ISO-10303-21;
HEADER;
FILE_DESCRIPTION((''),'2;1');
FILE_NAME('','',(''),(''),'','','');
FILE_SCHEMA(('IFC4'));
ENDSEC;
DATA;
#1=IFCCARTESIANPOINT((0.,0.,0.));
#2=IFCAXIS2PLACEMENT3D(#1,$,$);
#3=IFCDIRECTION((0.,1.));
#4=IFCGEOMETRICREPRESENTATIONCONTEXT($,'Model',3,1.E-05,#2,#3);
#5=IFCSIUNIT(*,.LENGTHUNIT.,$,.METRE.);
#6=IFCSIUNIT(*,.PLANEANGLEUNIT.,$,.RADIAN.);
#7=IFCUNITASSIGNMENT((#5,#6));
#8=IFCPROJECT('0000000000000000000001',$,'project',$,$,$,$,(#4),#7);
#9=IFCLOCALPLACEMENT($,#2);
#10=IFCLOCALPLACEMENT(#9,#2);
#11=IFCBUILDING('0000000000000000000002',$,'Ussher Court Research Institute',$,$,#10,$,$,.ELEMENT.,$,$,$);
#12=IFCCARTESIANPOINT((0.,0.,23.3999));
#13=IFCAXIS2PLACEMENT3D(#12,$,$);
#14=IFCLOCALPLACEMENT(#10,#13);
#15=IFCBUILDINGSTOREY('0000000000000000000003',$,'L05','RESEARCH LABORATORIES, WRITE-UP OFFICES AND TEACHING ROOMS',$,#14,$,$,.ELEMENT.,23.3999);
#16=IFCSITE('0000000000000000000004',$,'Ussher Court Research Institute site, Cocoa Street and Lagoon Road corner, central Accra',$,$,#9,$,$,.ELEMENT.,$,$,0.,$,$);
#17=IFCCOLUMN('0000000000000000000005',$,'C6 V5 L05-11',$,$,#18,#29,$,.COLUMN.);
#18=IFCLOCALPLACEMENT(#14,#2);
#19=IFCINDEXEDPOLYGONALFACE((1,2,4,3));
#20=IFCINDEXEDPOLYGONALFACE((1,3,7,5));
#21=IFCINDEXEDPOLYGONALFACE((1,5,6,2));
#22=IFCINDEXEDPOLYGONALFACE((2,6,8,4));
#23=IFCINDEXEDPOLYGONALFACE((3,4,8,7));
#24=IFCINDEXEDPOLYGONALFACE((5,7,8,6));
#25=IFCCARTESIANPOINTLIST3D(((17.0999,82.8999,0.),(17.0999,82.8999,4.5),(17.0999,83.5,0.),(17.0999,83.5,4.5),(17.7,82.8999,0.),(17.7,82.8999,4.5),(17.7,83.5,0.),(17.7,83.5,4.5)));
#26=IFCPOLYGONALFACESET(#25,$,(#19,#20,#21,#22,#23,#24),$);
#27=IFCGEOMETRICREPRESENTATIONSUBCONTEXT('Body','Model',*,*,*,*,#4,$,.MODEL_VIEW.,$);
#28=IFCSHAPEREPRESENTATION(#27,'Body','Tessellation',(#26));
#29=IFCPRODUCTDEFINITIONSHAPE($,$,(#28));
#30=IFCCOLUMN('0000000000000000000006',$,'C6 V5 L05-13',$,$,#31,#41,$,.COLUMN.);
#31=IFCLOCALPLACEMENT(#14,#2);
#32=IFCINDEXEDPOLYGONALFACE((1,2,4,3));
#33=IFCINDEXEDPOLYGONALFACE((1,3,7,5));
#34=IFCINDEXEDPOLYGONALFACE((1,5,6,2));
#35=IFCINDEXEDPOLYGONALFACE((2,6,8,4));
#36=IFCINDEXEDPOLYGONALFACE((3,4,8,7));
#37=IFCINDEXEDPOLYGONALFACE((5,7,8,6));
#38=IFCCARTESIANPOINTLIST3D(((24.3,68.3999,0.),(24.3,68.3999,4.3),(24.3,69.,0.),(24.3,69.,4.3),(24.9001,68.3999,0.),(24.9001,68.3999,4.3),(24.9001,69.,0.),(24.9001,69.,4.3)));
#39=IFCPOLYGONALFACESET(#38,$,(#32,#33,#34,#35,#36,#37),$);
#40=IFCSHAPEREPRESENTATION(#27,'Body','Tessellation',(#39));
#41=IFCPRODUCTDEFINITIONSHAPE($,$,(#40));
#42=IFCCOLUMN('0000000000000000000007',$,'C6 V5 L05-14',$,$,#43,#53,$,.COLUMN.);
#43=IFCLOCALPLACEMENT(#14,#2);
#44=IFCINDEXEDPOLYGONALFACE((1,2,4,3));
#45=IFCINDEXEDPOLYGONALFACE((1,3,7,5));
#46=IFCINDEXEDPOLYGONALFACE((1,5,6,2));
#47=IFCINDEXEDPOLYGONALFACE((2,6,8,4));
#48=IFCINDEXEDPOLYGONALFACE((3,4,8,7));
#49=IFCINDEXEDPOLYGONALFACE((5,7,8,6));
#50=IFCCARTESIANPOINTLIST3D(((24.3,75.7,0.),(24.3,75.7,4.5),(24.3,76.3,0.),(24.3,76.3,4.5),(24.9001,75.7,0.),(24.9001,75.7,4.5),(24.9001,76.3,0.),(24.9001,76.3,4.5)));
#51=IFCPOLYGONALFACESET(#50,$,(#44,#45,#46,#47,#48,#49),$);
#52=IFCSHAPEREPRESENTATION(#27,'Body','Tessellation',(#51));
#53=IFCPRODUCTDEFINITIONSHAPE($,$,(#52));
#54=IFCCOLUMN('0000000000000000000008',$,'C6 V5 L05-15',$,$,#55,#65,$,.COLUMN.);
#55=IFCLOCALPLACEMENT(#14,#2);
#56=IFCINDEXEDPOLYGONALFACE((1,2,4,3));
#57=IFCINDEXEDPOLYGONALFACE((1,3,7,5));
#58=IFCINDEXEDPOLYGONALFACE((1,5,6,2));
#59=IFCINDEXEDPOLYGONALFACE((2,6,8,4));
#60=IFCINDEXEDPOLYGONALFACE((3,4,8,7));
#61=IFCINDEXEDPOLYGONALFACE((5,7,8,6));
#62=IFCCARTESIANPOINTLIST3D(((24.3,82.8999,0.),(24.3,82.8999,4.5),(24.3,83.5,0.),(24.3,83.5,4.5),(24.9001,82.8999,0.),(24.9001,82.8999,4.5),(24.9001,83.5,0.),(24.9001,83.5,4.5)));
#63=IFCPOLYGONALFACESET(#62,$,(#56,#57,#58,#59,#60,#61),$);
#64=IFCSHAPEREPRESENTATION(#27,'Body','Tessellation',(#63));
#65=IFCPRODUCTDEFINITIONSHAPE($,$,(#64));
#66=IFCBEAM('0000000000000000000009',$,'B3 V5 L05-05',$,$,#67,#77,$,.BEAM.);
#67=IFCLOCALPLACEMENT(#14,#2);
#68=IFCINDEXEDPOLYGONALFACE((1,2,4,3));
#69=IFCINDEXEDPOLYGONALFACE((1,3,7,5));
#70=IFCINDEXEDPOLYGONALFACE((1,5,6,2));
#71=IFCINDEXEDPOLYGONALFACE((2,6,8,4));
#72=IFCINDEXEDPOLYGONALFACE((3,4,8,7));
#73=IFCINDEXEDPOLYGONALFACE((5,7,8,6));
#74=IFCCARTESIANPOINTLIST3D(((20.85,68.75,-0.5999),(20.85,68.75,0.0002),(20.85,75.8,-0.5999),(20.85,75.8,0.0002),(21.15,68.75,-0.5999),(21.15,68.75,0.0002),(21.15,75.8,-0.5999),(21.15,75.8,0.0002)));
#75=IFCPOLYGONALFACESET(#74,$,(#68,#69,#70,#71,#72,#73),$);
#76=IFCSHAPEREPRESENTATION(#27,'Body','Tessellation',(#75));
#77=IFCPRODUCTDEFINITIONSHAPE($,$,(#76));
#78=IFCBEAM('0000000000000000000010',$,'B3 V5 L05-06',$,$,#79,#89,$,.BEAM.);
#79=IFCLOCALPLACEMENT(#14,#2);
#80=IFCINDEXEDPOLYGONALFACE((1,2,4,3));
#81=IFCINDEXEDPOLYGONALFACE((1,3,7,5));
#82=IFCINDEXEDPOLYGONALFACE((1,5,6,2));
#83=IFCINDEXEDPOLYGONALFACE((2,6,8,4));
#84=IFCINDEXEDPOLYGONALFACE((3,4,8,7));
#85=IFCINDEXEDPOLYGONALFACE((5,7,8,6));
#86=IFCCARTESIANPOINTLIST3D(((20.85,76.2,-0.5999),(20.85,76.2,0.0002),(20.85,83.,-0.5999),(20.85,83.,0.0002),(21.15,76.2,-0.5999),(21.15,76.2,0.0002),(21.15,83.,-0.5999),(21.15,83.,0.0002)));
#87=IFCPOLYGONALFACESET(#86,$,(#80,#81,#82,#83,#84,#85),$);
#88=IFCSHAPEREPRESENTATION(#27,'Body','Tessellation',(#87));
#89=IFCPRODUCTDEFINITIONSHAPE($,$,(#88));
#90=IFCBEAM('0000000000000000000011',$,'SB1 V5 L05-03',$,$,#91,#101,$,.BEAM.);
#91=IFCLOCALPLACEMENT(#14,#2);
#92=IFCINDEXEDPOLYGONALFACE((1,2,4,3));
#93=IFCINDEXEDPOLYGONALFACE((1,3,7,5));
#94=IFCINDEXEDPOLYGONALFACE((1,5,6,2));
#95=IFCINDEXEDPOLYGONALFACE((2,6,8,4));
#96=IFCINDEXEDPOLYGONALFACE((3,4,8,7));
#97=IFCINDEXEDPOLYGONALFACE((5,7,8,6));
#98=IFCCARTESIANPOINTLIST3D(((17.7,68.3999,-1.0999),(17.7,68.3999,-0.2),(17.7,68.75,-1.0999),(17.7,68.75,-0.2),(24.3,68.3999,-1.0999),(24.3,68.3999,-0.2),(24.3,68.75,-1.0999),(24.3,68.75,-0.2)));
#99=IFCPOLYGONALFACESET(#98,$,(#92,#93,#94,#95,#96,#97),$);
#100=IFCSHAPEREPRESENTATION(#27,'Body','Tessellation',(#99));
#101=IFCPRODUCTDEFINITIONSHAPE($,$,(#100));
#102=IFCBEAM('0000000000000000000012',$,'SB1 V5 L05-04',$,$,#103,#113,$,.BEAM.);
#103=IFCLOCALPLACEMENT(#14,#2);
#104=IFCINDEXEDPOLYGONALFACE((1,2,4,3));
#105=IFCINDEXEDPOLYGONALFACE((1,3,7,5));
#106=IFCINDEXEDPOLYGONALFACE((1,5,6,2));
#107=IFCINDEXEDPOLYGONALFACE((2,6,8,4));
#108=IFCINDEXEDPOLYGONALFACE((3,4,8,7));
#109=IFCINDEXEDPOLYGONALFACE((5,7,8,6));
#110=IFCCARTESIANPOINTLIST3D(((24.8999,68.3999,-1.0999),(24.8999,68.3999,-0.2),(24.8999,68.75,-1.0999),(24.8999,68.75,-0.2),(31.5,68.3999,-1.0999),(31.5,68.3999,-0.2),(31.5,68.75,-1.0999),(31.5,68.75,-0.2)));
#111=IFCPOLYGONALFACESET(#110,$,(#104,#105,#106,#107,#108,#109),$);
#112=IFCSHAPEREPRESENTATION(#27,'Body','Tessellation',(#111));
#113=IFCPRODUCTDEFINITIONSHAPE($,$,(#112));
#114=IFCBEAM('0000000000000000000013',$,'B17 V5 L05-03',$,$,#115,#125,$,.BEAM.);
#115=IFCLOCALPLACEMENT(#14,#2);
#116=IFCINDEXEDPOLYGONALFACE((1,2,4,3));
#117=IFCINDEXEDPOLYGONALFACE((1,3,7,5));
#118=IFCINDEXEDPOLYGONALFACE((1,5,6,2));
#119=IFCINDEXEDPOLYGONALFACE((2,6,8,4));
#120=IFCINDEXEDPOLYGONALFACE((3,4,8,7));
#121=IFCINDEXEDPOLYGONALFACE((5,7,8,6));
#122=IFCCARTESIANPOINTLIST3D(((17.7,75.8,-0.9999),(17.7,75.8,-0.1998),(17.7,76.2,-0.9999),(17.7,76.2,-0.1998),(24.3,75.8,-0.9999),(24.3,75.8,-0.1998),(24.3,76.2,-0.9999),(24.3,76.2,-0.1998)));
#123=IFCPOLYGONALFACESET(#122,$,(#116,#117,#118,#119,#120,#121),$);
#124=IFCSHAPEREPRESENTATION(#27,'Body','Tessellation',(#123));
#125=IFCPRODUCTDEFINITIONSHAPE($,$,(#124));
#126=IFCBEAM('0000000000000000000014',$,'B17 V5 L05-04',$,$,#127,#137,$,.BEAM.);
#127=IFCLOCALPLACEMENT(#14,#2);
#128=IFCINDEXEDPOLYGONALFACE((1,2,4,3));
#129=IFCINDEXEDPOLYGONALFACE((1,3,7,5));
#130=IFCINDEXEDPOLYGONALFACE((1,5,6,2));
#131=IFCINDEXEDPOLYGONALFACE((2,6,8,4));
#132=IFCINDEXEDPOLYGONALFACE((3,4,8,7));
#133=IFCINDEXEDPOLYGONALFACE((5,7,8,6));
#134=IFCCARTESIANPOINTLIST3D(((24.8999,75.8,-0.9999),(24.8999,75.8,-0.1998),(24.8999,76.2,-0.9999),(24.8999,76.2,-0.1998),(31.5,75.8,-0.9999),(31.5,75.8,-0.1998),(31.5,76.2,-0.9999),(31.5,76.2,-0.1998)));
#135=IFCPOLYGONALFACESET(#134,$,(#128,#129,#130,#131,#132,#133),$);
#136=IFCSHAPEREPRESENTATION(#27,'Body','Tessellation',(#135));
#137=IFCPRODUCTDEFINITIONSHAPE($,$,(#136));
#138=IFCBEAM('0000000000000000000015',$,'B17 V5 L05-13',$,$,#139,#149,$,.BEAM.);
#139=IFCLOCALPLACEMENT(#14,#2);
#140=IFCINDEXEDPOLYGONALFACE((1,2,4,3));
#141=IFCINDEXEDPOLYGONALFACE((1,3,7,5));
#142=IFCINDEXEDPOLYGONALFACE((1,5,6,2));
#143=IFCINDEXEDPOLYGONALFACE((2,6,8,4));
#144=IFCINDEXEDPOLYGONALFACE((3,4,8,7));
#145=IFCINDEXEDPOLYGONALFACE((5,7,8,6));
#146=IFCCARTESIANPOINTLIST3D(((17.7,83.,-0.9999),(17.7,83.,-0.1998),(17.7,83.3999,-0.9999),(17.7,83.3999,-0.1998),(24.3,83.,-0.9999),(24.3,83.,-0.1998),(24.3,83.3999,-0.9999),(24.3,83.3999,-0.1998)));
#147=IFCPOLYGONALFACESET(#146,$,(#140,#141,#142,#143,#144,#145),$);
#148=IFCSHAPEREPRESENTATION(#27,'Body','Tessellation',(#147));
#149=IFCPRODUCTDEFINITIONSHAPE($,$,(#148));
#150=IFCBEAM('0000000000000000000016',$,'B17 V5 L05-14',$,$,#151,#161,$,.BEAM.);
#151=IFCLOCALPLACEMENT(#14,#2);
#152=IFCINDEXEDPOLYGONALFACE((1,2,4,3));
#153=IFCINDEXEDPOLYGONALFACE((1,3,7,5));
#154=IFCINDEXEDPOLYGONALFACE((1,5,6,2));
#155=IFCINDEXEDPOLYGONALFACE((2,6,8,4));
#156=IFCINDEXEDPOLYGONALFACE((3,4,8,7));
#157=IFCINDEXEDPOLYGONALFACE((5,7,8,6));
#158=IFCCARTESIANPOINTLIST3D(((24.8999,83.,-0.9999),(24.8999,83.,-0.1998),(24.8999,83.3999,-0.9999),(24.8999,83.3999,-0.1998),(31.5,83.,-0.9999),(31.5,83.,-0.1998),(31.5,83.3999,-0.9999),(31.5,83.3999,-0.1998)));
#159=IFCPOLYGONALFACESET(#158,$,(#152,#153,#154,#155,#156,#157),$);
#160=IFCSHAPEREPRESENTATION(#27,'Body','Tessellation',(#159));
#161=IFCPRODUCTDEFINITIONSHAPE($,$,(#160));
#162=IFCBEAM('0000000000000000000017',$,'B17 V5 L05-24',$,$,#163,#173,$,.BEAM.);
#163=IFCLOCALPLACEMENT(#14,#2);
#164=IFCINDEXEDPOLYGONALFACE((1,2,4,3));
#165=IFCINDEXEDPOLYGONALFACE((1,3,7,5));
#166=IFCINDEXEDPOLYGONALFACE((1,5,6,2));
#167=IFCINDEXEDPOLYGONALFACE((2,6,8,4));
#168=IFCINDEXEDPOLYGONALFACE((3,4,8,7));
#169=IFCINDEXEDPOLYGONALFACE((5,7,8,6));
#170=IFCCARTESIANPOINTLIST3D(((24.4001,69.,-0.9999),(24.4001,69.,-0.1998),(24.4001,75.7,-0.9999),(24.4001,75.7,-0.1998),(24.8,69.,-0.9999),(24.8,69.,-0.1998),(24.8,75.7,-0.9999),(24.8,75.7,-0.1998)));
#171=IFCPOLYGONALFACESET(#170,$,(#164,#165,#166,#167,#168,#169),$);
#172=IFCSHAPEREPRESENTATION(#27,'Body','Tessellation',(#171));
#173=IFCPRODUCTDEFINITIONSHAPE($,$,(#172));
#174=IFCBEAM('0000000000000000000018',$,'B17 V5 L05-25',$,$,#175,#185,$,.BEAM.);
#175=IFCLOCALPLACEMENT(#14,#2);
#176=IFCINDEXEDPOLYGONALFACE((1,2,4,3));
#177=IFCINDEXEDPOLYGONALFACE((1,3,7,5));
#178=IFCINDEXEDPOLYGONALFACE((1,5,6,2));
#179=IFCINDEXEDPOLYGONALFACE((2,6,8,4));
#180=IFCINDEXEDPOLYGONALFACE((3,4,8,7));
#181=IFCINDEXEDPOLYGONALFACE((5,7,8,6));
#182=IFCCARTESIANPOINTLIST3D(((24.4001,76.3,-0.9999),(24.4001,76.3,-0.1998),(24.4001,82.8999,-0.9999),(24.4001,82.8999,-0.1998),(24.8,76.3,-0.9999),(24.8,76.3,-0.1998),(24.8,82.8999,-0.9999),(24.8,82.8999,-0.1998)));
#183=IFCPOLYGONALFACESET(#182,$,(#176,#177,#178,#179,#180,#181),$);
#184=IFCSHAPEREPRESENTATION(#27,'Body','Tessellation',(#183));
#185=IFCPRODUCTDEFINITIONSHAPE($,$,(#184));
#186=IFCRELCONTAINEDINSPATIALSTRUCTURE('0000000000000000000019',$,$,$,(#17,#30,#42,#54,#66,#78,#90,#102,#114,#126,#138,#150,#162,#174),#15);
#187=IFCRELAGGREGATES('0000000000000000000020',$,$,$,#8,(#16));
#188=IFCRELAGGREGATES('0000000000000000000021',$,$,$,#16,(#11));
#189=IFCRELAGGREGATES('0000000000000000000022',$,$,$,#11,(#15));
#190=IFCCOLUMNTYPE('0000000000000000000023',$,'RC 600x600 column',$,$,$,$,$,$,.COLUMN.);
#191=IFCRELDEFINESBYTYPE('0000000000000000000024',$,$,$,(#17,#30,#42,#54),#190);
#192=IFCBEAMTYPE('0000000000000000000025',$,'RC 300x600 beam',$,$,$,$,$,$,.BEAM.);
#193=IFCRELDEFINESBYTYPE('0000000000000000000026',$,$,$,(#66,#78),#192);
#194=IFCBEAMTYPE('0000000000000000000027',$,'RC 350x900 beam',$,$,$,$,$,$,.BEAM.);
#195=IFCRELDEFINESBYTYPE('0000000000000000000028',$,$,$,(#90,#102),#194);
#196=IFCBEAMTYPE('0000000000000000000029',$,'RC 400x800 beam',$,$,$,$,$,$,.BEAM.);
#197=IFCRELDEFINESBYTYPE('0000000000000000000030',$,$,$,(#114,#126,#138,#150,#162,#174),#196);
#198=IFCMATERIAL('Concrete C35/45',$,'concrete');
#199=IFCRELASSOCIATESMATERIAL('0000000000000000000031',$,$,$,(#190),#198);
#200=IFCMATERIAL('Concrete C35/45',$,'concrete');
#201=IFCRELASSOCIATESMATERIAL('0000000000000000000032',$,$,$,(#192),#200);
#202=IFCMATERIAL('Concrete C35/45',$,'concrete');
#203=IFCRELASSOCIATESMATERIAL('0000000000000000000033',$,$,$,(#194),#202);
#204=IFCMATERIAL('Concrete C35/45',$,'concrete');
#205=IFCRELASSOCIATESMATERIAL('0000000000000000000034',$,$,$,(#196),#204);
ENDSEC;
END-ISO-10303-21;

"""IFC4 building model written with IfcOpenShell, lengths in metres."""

from ifc_helpers import new_model, si_unit, direction, frame, origin, origin_2d, place, context, subcontext, project, spatial, rectangle, extrude, material, material_profile, profile_set, type_object, element, save


model = new_model("IFC4")

# Units and contexts
model_context = context("Model", 3, precision=1e-05, world=origin(), true_north=direction((0.0, 1.0)))
body_context = subcontext(model_context, "Body", "Model", "MODEL_VIEW")
ifc_project = project(units=[si_unit("LENGTHUNIT", "METRE"), si_unit("PLANEANGLEUNIT", "RADIAN")], contexts=[model_context])

# Site, building, storey
site_placement = place(None, origin())
site = spatial("IfcSite", under=ifc_project, at=site_placement, Name="Ussher Court Research Institute site, Cocoa Street and Lagoon Road corner, central Accra", CompositionType="ELEMENT", RefElevation=0.0)
building_placement = place(site_placement, origin())
building = spatial("IfcBuilding", under=site, at=building_placement, Name="Ussher Court Research Institute", CompositionType="ELEMENT")
storey_placement = place(building_placement, frame((0.0, 0.0, 23.3999)))
storey = spatial("IfcBuildingStorey", under=building, at=storey_placement, Name="L05", Description="RESEARCH LABORATORIES, WRITE-UP OFFICES AND TEACHING ROOMS", CompositionType="ELEMENT", Elevation=23.3999)

# Columns
ifc_material_1 = material(Name="Concrete C35/45", Category="concrete")
ifc_material_profile_1 = material_profile(ifc_material_1, rectangle(XDim=0.6001, YDim=0.6001, at=origin_2d()), Name="RC 600x600")
ifc_profile_set_1 = profile_set([ifc_material_profile_1], Name="Concrete C35/45")
column_type = type_object("IfcColumnType", Name="RC 600x600 column", PredefinedType="COLUMN", material=ifc_profile_set_1)
column_1_placement = place(storey_placement, frame((17.3999, 83.2, 0.0), z_axis=(0.0, 0.0, 1.0), x_axis=(1.0, 0.0, 0.0)))
element("IfcColumn", 1, at=column_1_placement, inside=storey, type_object=column_type, Name="C6 V5 L05-11", PredefinedType="COLUMN", context=body_context, shape_type="SweptSolid", body=[
    extrude(rectangle(XDim=0.6001, YDim=0.6001, at=origin_2d()), origin(), (0.0, 0.0, 1.0), 4.5),
])
column_2_placement = place(storey_placement, frame((24.6001, 68.7, 0.0), z_axis=(0.0, 0.0, 1.0), x_axis=(1.0, 0.0, 0.0)))
element("IfcColumn", 2, at=column_2_placement, inside=storey, type_object=column_type, Name="C6 V5 L05-13", PredefinedType="COLUMN", context=body_context, shape_type="SweptSolid", body=[
    extrude(rectangle(XDim=0.6001, YDim=0.6001, at=origin_2d()), origin(), (0.0, 0.0, 1.0), 4.3),
])
for number, where, z_axis, x_axis, name in (
    (3, (24.6001, 76.0, 0.0), (0.0, 0.0, 1.0), (1.0, 0.0, 0.0), "C6 V5 L05-14"),
    (4, (24.6001, 83.2, 0.0), (0.0, 0.0, 1.0), (1.0, 0.0, 0.0), "C6 V5 L05-15"),
):
    element("IfcColumn", number, at=place(storey_placement, frame(where, z_axis=z_axis, x_axis=x_axis)), inside=storey, type_object=column_type, Name=name, PredefinedType="COLUMN", context=body_context, shape_type="SweptSolid", body=[
        extrude(rectangle(XDim=0.6001, YDim=0.6001, at=origin_2d()), origin(), (0.0, 0.0, 1.0), 4.5),
    ])

# Beams
ifc_material_2 = material(Name="Concrete C35/45", Category="concrete")
ifc_material_profile_2 = material_profile(ifc_material_2, rectangle(XDim=0.3, YDim=0.6001, at=origin_2d()), Name="RC 300x600")
ifc_profile_set_2 = profile_set([ifc_material_profile_2], Name="Concrete C35/45")
beam_type_1 = type_object("IfcBeamType", Name="RC 300x600 beam", PredefinedType="BEAM", material=ifc_profile_set_2)
beam_1_placement = place(storey_placement, frame((21.0, 68.75, -0.2998), z_axis=(0.0, 1.0, 0.0), x_axis=(-1.0, 0.0, 0.0)))
element("IfcBeam", 5, at=beam_1_placement, inside=storey, type_object=beam_type_1, Name="B3 V5 L05-05", PredefinedType="BEAM", context=body_context, shape_type="SweptSolid", body=[
    extrude(rectangle(XDim=0.3, YDim=0.6001, at=origin_2d()), origin(), (0.0, 0.0, 1.0), 7.05),
])
beam_2_placement = place(storey_placement, frame((21.0, 76.2, -0.2998), z_axis=(0.0, 1.0, 0.0), x_axis=(-1.0, 0.0, 0.0)))
element("IfcBeam", 6, at=beam_2_placement, inside=storey, type_object=beam_type_1, Name="B3 V5 L05-06", PredefinedType="BEAM", context=body_context, shape_type="SweptSolid", body=[
    extrude(rectangle(XDim=0.3, YDim=0.6001, at=origin_2d()), origin(), (0.0, 0.0, 1.0), 6.8),
])
ifc_material_3 = material(Name="Concrete C35/45", Category="concrete")
ifc_material_profile_3 = material_profile(ifc_material_3, rectangle(XDim=0.3501, YDim=0.8999, at=origin_2d()), Name="RC 350x900")
ifc_profile_set_3 = profile_set([ifc_material_profile_3], Name="Concrete C35/45")
beam_type_2 = type_object("IfcBeamType", Name="RC 350x900 beam", PredefinedType="BEAM", material=ifc_profile_set_3)
for number, where, z_axis, x_axis, name in (
    (7, (17.7, 68.575, -0.6499), (1.0, 0.0, 0.0), (0.0, 1.0, 0.0), "SB1 V5 L05-03"),
    (8, (24.8999, 68.575, -0.6499), (1.0, 0.0, 0.0), (0.0, 1.0, 0.0), "SB1 V5 L05-04"),
):
    element("IfcBeam", number, at=place(storey_placement, frame(where, z_axis=z_axis, x_axis=x_axis)), inside=storey, type_object=beam_type_2, Name=name, PredefinedType="BEAM", context=body_context, shape_type="SweptSolid", body=[
        extrude(rectangle(XDim=0.3501, YDim=0.8999, at=origin_2d()), origin(), (0.0, 0.0, 1.0), 6.6001),
    ])
ifc_material_4 = material(Name="Concrete C35/45", Category="concrete")
ifc_material_profile_4 = material_profile(ifc_material_4, rectangle(XDim=0.3999, YDim=0.8, at=origin_2d()), Name="RC 400x800")
ifc_profile_set_4 = profile_set([ifc_material_profile_4], Name="Concrete C35/45")
beam_type_3 = type_object("IfcBeamType", Name="RC 400x800 beam", PredefinedType="BEAM", material=ifc_profile_set_4)
for number, where, z_axis, x_axis, name in (
    (9, (17.7, 76.0, -0.5999), (1.0, 0.0, 0.0), (0.0, 1.0, 0.0), "B17 V5 L05-03"),
    (10, (24.8999, 76.0, -0.5999), (1.0, 0.0, 0.0), (0.0, 1.0, 0.0), "B17 V5 L05-04"),
    (11, (17.7, 83.2, -0.5999), (1.0, 0.0, 0.0), (0.0, 1.0, 0.0), "B17 V5 L05-13"),
    (12, (24.8999, 83.2, -0.5999), (1.0, 0.0, 0.0), (0.0, 1.0, 0.0), "B17 V5 L05-14"),
):
    element("IfcBeam", number, at=place(storey_placement, frame(where, z_axis=z_axis, x_axis=x_axis)), inside=storey, type_object=beam_type_3, Name=name, PredefinedType="BEAM", context=body_context, shape_type="SweptSolid", body=[
        extrude(rectangle(XDim=0.3999, YDim=0.8, at=origin_2d()), origin(), (0.0, 0.0, 1.0), 6.6001),
    ])
beam_3_placement = place(storey_placement, frame((24.6001, 69.0, -0.5999), z_axis=(0.0, 1.0, 0.0), x_axis=(-1.0, 0.0, 0.0)))
element("IfcBeam", 13, at=beam_3_placement, inside=storey, type_object=beam_type_3, Name="B17 V5 L05-24", PredefinedType="BEAM", context=body_context, shape_type="SweptSolid", body=[
    extrude(rectangle(XDim=0.3999, YDim=0.8, at=origin_2d()), origin(), (0.0, 0.0, 1.0), 6.7),
])
beam_4_placement = place(storey_placement, frame((24.6001, 76.3, -0.5999), z_axis=(0.0, 1.0, 0.0), x_axis=(-1.0, 0.0, 0.0)))
element("IfcBeam", 14, at=beam_4_placement, inside=storey, type_object=beam_type_3, Name="B17 V5 L05-25", PredefinedType="BEAM", context=body_context, shape_type="SweptSolid", body=[
    extrude(rectangle(XDim=0.3999, YDim=0.8, at=origin_2d()), origin(), (0.0, 0.0, 1.0), 6.5999),
])

save(model, "model.ifc")
